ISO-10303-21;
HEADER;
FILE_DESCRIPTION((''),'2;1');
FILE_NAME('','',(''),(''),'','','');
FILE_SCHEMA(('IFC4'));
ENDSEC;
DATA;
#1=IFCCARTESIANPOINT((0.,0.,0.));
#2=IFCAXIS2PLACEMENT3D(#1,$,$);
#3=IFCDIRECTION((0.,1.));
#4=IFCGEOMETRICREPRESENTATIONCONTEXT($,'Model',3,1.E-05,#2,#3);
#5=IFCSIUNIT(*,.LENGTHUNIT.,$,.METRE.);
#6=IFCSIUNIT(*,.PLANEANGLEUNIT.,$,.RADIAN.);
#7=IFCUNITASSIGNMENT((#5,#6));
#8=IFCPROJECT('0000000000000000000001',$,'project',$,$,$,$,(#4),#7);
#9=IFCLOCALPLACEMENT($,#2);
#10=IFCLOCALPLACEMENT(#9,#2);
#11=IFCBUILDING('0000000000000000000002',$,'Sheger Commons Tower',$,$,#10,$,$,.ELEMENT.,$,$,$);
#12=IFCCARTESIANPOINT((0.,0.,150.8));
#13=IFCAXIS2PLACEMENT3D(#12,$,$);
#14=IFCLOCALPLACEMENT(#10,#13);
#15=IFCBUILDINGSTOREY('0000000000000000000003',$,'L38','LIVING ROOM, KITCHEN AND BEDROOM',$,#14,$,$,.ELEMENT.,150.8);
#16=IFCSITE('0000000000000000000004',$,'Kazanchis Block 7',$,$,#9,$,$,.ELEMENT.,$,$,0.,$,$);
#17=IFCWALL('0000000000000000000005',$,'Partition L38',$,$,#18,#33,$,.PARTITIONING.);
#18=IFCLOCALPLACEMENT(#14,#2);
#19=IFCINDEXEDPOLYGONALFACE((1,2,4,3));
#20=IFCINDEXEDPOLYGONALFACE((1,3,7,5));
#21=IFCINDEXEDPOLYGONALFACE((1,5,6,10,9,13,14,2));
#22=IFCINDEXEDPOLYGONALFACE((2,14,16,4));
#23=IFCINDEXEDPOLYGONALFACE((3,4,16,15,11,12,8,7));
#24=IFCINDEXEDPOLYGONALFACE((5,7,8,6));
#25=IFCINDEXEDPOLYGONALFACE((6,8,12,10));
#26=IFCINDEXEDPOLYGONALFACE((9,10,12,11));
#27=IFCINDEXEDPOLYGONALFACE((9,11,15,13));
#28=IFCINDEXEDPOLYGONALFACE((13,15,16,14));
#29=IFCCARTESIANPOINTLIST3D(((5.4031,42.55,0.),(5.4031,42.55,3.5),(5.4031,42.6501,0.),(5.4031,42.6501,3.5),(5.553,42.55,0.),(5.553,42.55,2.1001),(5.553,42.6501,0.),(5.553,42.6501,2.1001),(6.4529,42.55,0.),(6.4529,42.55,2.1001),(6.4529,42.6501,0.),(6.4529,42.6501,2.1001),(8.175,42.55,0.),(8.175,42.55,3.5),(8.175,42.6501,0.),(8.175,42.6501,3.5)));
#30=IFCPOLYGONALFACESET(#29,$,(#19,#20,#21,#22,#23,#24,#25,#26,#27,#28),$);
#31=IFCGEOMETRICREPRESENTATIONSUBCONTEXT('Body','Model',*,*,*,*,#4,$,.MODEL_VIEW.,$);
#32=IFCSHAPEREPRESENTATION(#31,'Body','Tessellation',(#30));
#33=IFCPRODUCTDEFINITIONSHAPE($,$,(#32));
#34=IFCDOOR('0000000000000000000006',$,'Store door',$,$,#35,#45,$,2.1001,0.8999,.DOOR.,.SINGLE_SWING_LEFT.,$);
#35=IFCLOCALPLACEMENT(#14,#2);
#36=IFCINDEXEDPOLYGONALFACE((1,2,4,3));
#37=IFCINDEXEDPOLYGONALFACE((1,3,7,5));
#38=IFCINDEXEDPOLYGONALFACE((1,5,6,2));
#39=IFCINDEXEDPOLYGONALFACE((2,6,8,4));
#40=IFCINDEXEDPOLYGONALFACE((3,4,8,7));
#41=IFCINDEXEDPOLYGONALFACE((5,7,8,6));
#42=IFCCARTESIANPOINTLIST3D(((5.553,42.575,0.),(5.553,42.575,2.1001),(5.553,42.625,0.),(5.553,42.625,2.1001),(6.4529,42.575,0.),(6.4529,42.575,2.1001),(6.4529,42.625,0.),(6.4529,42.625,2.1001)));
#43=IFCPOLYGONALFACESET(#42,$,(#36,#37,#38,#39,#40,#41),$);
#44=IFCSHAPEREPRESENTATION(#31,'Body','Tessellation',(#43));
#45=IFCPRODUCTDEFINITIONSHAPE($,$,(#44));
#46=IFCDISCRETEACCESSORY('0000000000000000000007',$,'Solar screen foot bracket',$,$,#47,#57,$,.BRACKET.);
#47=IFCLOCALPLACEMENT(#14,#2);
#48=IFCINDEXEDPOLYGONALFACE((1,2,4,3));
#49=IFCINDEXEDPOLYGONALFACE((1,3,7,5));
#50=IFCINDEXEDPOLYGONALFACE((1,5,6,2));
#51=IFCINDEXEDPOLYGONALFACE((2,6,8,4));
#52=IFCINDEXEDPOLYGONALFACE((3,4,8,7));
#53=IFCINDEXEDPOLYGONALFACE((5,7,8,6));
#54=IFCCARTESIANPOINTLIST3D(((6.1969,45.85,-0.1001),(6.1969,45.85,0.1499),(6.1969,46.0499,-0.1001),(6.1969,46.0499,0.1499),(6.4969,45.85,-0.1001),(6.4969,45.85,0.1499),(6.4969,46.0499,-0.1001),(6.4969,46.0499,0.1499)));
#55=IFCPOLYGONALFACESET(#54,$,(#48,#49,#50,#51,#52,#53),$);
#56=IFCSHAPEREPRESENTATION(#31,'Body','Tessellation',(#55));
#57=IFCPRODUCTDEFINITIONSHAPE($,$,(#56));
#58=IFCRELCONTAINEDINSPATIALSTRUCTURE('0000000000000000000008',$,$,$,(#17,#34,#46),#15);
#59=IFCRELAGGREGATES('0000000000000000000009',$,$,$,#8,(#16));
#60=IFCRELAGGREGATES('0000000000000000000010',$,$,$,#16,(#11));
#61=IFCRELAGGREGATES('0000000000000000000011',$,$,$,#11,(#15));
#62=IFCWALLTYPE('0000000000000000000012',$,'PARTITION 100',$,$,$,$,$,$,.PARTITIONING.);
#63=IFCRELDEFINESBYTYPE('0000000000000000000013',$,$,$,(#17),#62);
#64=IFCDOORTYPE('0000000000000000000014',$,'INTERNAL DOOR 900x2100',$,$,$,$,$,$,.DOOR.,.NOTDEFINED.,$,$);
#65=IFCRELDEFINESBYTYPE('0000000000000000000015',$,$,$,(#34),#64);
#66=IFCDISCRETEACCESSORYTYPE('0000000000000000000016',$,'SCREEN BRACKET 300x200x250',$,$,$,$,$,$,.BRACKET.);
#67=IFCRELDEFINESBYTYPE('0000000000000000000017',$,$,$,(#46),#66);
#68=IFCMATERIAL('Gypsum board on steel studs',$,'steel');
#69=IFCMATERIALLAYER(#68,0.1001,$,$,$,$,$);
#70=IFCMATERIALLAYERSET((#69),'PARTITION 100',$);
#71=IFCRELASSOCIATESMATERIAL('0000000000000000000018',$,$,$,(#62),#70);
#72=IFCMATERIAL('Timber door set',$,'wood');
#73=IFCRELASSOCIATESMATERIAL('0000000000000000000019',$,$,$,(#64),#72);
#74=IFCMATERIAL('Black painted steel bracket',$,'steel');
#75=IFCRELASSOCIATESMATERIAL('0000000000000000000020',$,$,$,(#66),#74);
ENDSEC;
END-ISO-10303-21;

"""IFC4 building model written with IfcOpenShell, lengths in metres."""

from ifc_helpers import new_model, si_unit, direction, frame, frame_2d, origin, origin_2d, place, context, subcontext, project, spatial, rectangle, extrude, material, layer, layer_set, type_object, element, fill, save


model = new_model("IFC4")

# Units and contexts
model_context = context("Model", 3, precision=1e-05, world=origin(), true_north=direction((0.0, 1.0)))
body_context = subcontext(model_context, "Body", "Model", "MODEL_VIEW")
ifc_project = project(units=[si_unit("LENGTHUNIT", "METRE"), si_unit("PLANEANGLEUNIT", "RADIAN")], contexts=[model_context])

# Site, building, storey
site_placement = place(None, origin())
site = spatial("IfcSite", under=ifc_project, at=site_placement, Name="Kazanchis Block 7", CompositionType="ELEMENT", RefElevation=0.0)
building_placement = place(site_placement, origin())
building = spatial("IfcBuilding", under=site, at=building_placement, Name="Sheger Commons Tower", CompositionType="ELEMENT")
storey_placement = place(building_placement, frame((0.0, 0.0, 150.8)))
storey = spatial("IfcBuildingStorey", under=building, at=storey_placement, Name="L38", Description="LIVING ROOM, KITCHEN AND BEDROOM", CompositionType="ELEMENT", Elevation=150.8)

# Shared definitions
ifc_material_1 = material(Name="Gypsum board on steel studs", Category="steel")
ifc_layer_1 = layer(ifc_material_1, 0.1001)
ifc_layer_set_1 = layer_set([ifc_layer_1], Name="PARTITION 100")
wall_type_1 = type_object("IfcWallType", Name="PARTITION 100", PredefinedType="PARTITIONING", material=ifc_layer_set_1)

# Shared definitions
ifc_material_2 = material(Name="Timber door set", Category="wood")
door_type = type_object("IfcDoorType", Name="INTERNAL DOOR 900x2100", OperationType="NOTDEFINED", PredefinedType="DOOR", material=ifc_material_2)

# Wall, opening, door
wall_1_placement = place(storey_placement, frame((5.4031, 42.6001, 0.0), z_axis=(0.0, 0.0, 1.0), x_axis=(1.0, 0.0, 0.0)))
wall_1 = element("IfcWall", 1, at=wall_1_placement, inside=storey, type_object=wall_type_1, Name="Partition L38", PredefinedType="PARTITIONING", context=body_context, shape_type="SweptSolid", body=[
    extrude(rectangle(XDim=2.772, YDim=0.1001, at=frame_2d((1.386, 0.0))), origin(), (0.0, 0.0, 1.0), 3.5),
])
opening_1_placement = place(wall_1_placement, frame((0.1499, 0.0, 0.0)))
opening_1 = element("IfcOpeningElement", 2, at=opening_1_placement, cuts=wall_1, PredefinedType="OPENING", context=body_context, shape_type="SweptSolid", body=[
    extrude(rectangle(XDim=0.8999, YDim=2.1001, at=frame_2d((0.45, 1.05))), frame((0.0, 0.0601, 0.0), z_axis=(0.0, -1.0, 0.0), x_axis=(1.0, 0.0, 0.0)), (0.0, 0.0, 1.0), 0.1201),
])
door_1_placement = place(opening_1_placement, origin())
door_1 = element("IfcDoor", 3, at=door_1_placement, inside=storey, type_object=door_type, Name="Store door", OperationType="SINGLE_SWING_LEFT", OverallHeight=2.1001, OverallWidth=0.8999, PredefinedType="DOOR", context=body_context, shape_type="SweptSolid", body=[
    extrude(rectangle(XDim=0.8999, YDim=2.1001, at=frame_2d((0.45, 1.05))), frame((0.0, 0.0249, 0.0), z_axis=(0.0, -1.0, 0.0), x_axis=(1.0, 0.0, 0.0)), (0.0, 0.0, 1.0), 0.05),
])
fill(opening_1, door_1)

# Discrete accessory
ifc_material_3 = material(Name="Black painted steel bracket", Category="steel")
discrete_accessory_type = type_object("IfcDiscreteAccessoryType", Name="SCREEN BRACKET 300x200x250", PredefinedType="BRACKET", material=ifc_material_3)
discrete_accessory_placement = place(storey_placement, frame((6.3469, 45.95, -0.1001), z_axis=(0.0, 0.0, 1.0), x_axis=(-1.0, 0.0, 0.0)))
element("IfcDiscreteAccessory", 4, at=discrete_accessory_placement, inside=storey, type_object=discrete_accessory_type, Name="Solar screen foot bracket", PredefinedType="BRACKET", context=body_context, shape_type="SweptSolid", body=[
    extrude(rectangle(XDim=0.3, YDim=0.2, at=origin_2d()), origin(), (0.0, 0.0, 1.0), 0.25),
])

save(model, "model.ifc")
